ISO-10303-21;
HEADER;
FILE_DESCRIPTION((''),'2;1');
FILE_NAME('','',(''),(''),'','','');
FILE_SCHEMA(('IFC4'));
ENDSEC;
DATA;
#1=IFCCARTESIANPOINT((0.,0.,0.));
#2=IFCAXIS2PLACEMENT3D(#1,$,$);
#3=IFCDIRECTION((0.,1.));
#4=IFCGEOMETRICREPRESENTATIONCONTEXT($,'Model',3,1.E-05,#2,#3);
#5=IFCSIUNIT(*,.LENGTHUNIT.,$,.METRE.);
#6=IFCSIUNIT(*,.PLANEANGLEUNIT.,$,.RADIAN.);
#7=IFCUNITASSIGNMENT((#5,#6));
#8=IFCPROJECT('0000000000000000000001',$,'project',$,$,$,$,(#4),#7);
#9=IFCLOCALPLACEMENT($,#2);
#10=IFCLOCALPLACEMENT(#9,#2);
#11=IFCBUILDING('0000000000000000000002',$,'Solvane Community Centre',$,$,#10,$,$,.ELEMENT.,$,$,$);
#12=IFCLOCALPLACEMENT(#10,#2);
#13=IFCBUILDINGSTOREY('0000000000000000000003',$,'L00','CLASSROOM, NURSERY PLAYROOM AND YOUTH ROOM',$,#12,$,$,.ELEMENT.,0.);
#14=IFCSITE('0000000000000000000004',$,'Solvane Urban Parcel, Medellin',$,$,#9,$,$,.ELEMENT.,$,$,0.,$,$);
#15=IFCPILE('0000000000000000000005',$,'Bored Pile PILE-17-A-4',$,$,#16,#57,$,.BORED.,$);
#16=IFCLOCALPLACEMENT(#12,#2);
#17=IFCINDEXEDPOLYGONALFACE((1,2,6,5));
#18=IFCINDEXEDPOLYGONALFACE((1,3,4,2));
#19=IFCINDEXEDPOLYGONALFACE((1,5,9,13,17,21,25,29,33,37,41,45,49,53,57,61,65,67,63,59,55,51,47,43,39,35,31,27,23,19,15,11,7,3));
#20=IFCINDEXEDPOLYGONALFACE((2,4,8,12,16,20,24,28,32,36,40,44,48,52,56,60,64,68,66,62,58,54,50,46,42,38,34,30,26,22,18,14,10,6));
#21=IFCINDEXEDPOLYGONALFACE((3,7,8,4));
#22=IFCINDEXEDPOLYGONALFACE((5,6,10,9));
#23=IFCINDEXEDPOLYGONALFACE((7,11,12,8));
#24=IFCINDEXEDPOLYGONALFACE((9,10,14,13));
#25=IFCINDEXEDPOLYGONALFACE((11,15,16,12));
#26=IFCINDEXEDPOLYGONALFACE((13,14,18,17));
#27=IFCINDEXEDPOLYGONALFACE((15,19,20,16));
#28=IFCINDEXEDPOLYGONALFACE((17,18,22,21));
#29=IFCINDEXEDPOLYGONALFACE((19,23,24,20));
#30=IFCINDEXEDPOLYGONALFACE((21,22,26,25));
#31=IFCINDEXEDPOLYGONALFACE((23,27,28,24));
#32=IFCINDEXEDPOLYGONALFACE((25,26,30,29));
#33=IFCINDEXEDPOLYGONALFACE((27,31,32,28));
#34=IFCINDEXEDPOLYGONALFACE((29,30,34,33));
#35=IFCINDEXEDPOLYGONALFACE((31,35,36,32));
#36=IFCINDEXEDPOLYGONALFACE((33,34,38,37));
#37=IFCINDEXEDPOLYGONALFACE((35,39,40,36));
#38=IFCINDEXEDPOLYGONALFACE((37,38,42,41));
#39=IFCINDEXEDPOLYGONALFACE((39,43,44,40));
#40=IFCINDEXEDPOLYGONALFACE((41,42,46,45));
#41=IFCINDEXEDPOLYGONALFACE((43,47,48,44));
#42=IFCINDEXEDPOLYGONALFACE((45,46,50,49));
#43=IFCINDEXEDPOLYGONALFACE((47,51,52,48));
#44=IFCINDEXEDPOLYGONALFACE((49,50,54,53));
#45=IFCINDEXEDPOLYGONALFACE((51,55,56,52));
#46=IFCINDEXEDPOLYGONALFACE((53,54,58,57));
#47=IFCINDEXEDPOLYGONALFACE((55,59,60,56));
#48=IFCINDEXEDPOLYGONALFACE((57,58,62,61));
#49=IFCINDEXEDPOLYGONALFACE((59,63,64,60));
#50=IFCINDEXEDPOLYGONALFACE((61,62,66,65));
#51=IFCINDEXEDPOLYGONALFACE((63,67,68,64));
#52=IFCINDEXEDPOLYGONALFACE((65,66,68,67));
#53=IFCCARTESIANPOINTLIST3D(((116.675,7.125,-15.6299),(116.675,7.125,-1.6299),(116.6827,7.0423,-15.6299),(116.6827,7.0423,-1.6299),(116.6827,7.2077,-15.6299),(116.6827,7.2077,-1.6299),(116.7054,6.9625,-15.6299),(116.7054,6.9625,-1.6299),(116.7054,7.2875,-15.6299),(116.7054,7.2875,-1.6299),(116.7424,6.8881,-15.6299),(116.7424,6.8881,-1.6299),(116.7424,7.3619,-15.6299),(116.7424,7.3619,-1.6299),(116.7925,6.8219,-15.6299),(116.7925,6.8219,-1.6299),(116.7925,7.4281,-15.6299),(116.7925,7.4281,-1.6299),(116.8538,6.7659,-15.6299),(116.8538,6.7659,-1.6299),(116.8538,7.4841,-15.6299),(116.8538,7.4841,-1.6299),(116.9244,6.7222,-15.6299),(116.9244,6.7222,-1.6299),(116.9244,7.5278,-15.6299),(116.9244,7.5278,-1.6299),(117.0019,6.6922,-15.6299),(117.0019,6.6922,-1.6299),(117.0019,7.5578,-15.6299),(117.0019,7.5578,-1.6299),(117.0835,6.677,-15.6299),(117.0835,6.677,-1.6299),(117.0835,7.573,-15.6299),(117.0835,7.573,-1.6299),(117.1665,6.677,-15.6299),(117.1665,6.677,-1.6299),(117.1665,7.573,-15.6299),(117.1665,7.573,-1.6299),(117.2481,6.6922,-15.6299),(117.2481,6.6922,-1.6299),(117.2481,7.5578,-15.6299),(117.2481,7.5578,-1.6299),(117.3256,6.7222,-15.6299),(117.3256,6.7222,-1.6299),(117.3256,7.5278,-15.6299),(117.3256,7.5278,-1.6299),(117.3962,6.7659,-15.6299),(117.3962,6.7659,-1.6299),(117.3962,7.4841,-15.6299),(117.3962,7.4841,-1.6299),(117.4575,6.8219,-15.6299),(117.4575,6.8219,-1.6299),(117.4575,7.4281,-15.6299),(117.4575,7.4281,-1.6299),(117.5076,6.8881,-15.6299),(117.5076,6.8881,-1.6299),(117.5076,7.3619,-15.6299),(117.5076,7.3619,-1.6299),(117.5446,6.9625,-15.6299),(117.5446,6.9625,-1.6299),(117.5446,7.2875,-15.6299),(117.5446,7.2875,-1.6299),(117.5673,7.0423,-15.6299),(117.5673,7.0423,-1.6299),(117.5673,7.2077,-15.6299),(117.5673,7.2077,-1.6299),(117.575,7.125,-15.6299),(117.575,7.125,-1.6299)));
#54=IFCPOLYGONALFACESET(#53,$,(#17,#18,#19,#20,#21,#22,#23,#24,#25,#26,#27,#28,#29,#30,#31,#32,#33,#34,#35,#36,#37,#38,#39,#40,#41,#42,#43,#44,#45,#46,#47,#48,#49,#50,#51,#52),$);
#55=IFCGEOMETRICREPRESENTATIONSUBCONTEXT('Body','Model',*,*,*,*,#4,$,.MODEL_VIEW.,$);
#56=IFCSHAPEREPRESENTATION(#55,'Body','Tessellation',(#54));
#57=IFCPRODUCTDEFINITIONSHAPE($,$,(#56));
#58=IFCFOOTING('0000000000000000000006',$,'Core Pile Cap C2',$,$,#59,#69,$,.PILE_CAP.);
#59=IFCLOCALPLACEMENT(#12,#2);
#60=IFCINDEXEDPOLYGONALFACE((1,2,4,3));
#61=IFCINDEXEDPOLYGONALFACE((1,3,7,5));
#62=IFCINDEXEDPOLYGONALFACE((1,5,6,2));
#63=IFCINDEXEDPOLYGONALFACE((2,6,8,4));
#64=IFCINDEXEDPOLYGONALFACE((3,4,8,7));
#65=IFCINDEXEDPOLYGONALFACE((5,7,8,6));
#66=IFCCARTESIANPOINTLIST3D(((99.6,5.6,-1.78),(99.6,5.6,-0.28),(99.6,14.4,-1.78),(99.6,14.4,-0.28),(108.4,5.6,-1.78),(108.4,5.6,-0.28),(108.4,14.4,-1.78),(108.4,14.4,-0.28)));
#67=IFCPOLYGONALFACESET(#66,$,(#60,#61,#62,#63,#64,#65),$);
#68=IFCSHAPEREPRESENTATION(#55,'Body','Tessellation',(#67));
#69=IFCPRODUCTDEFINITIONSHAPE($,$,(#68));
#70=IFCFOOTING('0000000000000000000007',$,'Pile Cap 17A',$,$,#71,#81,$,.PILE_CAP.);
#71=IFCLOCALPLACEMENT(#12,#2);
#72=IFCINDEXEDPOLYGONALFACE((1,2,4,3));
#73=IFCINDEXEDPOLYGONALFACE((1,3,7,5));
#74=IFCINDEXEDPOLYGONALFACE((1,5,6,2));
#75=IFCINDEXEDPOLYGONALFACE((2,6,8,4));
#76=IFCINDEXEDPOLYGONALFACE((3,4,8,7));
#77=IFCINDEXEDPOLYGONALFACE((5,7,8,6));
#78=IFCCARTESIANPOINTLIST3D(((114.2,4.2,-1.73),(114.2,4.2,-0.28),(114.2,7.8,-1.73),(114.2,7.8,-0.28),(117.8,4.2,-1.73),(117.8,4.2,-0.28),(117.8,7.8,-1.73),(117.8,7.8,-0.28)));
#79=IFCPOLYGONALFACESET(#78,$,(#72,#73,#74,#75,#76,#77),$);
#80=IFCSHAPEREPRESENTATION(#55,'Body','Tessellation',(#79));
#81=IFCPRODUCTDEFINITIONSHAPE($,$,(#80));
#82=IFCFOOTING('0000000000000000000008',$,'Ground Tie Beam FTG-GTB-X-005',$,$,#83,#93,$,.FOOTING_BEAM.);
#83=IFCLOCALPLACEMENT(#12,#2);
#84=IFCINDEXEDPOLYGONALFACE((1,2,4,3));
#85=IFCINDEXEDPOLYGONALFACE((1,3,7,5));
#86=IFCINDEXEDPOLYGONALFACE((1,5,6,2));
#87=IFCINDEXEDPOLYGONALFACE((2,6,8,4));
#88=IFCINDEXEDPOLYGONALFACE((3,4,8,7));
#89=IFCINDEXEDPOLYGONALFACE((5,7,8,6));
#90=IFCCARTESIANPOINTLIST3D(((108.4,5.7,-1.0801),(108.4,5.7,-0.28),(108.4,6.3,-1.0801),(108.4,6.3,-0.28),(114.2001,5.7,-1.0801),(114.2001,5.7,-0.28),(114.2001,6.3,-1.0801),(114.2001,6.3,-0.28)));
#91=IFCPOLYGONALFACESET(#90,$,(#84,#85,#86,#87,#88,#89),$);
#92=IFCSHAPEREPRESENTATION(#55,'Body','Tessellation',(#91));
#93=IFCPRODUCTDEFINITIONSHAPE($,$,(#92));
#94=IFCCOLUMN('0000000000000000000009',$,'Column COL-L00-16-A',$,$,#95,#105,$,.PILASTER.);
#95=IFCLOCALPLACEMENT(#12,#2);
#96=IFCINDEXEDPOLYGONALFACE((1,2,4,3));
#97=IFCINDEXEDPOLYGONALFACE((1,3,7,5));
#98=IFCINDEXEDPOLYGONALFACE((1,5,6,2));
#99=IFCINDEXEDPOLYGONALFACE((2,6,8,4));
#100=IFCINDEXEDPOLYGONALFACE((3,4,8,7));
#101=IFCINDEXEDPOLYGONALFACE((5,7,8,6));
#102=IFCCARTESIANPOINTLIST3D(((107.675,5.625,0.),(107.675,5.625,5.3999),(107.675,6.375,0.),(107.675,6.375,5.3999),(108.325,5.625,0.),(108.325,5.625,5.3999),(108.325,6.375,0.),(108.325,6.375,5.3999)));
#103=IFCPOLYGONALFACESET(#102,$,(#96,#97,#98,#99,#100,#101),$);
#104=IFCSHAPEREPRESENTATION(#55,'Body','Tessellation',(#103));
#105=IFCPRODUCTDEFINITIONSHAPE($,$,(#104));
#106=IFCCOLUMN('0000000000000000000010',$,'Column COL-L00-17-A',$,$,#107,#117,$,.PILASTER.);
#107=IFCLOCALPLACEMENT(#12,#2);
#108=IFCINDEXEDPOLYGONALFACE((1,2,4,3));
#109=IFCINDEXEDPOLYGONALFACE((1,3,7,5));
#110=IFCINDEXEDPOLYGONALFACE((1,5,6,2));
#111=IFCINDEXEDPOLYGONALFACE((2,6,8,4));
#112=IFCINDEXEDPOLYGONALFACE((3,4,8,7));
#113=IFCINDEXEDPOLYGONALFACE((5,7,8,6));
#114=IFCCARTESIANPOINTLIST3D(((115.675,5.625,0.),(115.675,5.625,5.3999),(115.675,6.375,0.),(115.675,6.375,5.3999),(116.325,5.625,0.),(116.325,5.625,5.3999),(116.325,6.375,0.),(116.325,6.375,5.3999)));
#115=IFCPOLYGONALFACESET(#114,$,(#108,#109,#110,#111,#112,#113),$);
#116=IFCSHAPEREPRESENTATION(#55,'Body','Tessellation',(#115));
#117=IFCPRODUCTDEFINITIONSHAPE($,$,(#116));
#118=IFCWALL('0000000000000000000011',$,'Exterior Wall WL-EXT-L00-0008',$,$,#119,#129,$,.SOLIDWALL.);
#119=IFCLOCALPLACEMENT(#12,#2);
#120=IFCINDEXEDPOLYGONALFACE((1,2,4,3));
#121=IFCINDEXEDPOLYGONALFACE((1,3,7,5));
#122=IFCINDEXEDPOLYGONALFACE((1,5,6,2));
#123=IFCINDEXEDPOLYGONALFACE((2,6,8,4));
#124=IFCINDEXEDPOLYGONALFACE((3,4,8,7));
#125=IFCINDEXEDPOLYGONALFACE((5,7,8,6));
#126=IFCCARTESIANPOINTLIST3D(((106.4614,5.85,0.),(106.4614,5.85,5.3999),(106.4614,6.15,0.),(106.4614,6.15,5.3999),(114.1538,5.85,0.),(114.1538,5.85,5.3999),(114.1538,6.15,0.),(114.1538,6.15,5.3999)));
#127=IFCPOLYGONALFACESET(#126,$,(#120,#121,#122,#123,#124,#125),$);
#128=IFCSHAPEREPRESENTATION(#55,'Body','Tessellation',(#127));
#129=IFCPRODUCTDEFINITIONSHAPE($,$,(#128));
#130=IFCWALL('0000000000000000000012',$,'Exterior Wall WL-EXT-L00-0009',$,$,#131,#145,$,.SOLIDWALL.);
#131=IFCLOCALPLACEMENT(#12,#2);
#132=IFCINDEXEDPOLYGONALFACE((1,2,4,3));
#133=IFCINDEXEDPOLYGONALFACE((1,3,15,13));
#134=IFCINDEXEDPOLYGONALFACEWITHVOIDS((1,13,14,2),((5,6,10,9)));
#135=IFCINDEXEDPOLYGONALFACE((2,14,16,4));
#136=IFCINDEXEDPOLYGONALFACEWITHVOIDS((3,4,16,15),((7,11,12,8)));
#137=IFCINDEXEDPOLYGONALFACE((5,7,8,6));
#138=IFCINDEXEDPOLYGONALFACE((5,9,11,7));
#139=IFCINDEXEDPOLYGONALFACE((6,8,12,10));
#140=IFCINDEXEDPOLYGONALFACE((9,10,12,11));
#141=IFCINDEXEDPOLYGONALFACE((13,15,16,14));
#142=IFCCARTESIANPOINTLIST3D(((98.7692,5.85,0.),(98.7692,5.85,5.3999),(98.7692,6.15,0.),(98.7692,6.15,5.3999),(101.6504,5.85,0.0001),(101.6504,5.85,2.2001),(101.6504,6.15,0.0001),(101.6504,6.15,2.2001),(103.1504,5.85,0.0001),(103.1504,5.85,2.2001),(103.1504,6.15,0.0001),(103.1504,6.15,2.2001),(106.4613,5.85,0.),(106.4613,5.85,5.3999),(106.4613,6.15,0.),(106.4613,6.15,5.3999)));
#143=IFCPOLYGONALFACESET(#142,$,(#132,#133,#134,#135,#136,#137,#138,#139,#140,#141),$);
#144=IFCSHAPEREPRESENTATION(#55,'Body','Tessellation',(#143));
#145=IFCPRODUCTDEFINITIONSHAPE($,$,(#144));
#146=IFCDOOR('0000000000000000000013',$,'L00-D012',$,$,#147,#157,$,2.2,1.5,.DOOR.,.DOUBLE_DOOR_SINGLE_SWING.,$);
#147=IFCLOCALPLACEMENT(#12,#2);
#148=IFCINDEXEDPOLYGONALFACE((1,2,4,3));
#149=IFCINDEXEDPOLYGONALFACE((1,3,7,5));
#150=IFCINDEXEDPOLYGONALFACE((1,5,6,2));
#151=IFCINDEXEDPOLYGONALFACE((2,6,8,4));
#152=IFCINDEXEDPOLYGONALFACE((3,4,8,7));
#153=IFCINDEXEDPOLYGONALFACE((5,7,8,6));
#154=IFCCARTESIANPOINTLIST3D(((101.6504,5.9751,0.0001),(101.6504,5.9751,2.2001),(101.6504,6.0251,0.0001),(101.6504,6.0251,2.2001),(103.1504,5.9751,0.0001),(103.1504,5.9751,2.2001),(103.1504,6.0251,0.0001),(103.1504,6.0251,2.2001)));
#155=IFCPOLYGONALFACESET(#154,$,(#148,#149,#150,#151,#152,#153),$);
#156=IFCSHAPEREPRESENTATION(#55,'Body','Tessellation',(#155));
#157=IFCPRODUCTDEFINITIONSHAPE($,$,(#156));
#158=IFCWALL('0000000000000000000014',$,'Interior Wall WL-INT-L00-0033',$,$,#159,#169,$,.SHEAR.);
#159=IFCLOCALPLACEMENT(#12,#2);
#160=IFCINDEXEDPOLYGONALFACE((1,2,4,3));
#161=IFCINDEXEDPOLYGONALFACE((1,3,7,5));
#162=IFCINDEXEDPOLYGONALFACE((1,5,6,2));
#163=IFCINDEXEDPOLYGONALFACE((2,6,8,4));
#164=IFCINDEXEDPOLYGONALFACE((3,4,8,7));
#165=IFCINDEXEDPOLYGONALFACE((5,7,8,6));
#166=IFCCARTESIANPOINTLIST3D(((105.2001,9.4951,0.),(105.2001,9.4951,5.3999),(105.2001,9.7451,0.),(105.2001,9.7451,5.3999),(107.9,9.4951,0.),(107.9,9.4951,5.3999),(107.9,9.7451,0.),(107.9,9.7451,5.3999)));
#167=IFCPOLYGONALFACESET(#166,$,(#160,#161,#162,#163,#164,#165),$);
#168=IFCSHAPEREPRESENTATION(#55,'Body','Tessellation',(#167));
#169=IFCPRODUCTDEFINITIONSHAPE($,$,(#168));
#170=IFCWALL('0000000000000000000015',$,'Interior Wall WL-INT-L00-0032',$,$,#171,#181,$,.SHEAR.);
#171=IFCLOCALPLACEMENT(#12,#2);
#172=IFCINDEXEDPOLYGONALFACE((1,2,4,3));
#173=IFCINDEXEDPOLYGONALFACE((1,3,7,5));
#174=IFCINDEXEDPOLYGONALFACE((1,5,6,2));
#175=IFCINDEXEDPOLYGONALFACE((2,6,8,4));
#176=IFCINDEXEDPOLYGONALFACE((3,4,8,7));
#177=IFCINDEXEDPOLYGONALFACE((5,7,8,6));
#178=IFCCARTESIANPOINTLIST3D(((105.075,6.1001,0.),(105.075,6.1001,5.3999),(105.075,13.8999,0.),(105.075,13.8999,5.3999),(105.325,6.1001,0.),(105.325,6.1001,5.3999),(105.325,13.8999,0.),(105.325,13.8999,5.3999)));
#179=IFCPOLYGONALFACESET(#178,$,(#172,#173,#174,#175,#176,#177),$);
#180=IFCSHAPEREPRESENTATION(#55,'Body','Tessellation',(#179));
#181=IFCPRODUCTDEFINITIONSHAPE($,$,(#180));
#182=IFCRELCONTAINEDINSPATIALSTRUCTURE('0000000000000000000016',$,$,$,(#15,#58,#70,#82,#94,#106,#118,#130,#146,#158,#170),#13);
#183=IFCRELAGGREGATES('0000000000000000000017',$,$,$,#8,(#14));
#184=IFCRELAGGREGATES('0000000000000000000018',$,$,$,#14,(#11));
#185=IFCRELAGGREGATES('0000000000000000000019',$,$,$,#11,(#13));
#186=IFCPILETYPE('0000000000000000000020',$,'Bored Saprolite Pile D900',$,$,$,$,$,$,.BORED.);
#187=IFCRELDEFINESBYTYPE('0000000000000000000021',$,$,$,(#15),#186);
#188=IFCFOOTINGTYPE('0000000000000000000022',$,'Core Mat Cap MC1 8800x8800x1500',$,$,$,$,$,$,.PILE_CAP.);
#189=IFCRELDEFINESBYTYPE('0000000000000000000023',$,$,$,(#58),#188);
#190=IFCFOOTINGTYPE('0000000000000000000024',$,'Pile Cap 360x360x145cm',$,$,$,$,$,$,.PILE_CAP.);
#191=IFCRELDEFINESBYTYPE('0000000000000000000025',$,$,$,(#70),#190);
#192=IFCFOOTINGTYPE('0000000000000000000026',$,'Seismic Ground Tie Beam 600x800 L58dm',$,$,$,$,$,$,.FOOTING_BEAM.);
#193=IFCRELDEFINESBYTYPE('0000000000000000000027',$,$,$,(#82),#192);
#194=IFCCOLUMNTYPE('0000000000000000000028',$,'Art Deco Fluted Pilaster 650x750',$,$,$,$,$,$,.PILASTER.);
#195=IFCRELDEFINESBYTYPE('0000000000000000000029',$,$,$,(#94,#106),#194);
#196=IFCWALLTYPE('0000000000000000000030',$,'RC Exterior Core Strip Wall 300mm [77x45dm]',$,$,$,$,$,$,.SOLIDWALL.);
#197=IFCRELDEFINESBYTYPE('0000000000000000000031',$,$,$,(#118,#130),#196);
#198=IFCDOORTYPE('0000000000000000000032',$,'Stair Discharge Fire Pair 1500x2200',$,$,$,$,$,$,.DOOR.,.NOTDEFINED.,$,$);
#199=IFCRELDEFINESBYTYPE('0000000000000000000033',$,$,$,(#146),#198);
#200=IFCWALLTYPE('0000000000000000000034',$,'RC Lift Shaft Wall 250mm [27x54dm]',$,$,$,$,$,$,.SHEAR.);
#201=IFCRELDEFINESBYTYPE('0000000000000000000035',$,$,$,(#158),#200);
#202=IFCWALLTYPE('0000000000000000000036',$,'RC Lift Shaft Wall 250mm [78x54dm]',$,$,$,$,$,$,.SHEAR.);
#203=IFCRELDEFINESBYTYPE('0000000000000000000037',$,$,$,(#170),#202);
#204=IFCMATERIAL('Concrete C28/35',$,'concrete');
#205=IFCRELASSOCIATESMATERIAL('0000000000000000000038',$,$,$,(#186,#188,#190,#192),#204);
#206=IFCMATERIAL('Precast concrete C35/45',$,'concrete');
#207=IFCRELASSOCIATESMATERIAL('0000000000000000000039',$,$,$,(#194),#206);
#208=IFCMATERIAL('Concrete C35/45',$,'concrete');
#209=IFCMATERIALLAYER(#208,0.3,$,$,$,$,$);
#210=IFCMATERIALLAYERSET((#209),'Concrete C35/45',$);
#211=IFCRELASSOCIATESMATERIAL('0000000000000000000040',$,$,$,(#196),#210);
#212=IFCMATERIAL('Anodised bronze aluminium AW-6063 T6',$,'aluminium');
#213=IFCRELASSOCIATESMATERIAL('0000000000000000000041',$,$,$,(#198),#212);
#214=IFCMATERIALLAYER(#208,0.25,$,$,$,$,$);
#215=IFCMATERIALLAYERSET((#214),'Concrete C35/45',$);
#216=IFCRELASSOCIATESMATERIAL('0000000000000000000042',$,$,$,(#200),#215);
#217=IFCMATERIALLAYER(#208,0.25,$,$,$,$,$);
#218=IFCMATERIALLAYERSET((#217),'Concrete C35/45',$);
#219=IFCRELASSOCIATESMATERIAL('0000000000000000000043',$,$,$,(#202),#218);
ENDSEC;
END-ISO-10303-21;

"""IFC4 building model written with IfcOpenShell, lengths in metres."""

from ifc_helpers import new_model, si_unit, direction, frame, frame_2d, origin, origin_2d, place, context, subcontext, project, spatial, rectangle, circle, extrude, material, layer, layer_set, material_profile, profile_set, type_object, element, fill, save


model = new_model("IFC4")

# Units and contexts
model_context = context("Model", 3, precision=1e-05, world=origin(), true_north=direction((0.0, 1.0)))
body_context = subcontext(model_context, "Body", "Model", "MODEL_VIEW")
ifc_project = project(units=[si_unit("LENGTHUNIT", "METRE"), si_unit("PLANEANGLEUNIT", "RADIAN")], contexts=[model_context])

# Site, building, storey
site_placement = place(None, origin())
site = spatial("IfcSite", under=ifc_project, at=site_placement, Name="Solvane Urban Parcel, Medellin", CompositionType="ELEMENT", RefElevation=0.0)
building_placement = place(site_placement, origin())
building = spatial("IfcBuilding", under=site, at=building_placement, Name="Solvane Community Centre", CompositionType="ELEMENT")
storey_placement = place(building_placement, origin())
storey = spatial("IfcBuildingStorey", under=building, at=storey_placement, Name="L00", Description="CLASSROOM, NURSERY PLAYROOM AND YOUTH ROOM", CompositionType="ELEMENT", Elevation=0.0)

# Pile
ifc_material_1 = material(Name="Concrete C28/35", Category="concrete")
ifc_material_profile_1 = material_profile(ifc_material_1, circle(Radius=0.45, at=origin_2d()), Name="PILE D900")
ifc_profile_set_1 = profile_set([ifc_material_profile_1], Name="Concrete C28/35")
pile_type_1 = type_object("IfcPileType", Name="Bored Saprolite Pile D900", PredefinedType="BORED", material=ifc_profile_set_1)
for number, where, z_axis, x_axis, name in (
    (1, (117.125, 7.125, -1.6299), (0.0, 0.0, -1.0), (1.0, 0.0, 0.0), "Bored Pile PILE-17-A-4"),
):
    element("IfcPile", number, at=place(storey_placement, frame(where, z_axis=z_axis, x_axis=x_axis)), inside=storey, type_object=pile_type_1, Name=name, PredefinedType="BORED", context=body_context, shape_type="SweptSolid", body=[
        extrude(circle(Radius=0.45, at=origin_2d()), origin(), (0.0, 0.0, 1.0), 14.0),
    ])

# Footings
footing_type_1 = type_object("IfcFootingType", Name="Core Mat Cap MC1 8800x8800x1500", PredefinedType="PILE_CAP", material=ifc_material_1)
footing_1_placement = place(storey_placement, frame((104.0, 10.0, -1.78), z_axis=(0.0, 0.0, 1.0), x_axis=(1.0, 0.0, 0.0)))
element("IfcFooting", 2, at=footing_1_placement, inside=storey, type_object=footing_type_1, Name="Core Pile Cap C2", PredefinedType="PILE_CAP", context=body_context, shape_type="SweptSolid", body=[
    extrude(rectangle(XDim=8.8, YDim=8.8, at=origin_2d()), origin(), (0.0, 0.0, 1.0), 1.5),
])
footing_type_2 = type_object("IfcFootingType", Name="Pile Cap 360x360x145cm", PredefinedType="PILE_CAP", material=ifc_material_1)
footing_2_placement = place(storey_placement, frame((116.0, 6.0, -1.73), z_axis=(0.0, 0.0, 1.0), x_axis=(1.0, 0.0, 0.0)))
element("IfcFooting", 3, at=footing_2_placement, inside=storey, type_object=footing_type_2, Name="Pile Cap 17A", PredefinedType="PILE_CAP", context=body_context, shape_type="SweptSolid", body=[
    extrude(rectangle(XDim=3.6001, YDim=3.6001, at=origin_2d()), origin(), (0.0, 0.0, 1.0), 1.45),
])
footing_type_3 = type_object("IfcFootingType", Name="Seismic Ground Tie Beam 600x800 L58dm", PredefinedType="FOOTING_BEAM", material=ifc_material_1)
footing_3_placement = place(storey_placement, frame((111.3, 6.0, -1.0801), z_axis=(0.0, 0.0, 1.0), x_axis=(1.0, 0.0, 0.0)))
element("IfcFooting", 4, at=footing_3_placement, inside=storey, type_object=footing_type_3, Name="Ground Tie Beam FTG-GTB-X-005", PredefinedType="FOOTING_BEAM", context=body_context, shape_type="SweptSolid", body=[
    extrude(rectangle(XDim=5.8, YDim=0.6001, at=origin_2d()), origin(), (0.0, 0.0, 1.0), 0.8),
])

# Columns
ifc_material_2 = material(Name="Precast concrete C35/45", Category="concrete")
ifc_material_profile_2 = material_profile(ifc_material_2, rectangle(XDim=0.6499, YDim=0.75, at=origin_2d()), Name="RC 650x750")
ifc_profile_set_2 = profile_set([ifc_material_profile_2], Name="Precast concrete C35/45")
column_type = type_object("IfcColumnType", Name="Art Deco Fluted Pilaster 650x750", PredefinedType="PILASTER", material=ifc_profile_set_2)
for number, where, z_axis, x_axis, name in (
    (5, (108.0, 6.0, 0.0), (0.0, 0.0, 1.0), (1.0, 0.0, 0.0), "Column COL-L00-16-A"),
    (6, (116.0, 6.0, 0.0), (0.0, 0.0, 1.0), (1.0, 0.0, 0.0), "Column COL-L00-17-A"),
):
    element("IfcColumn", number, at=place(storey_placement, frame(where, z_axis=z_axis, x_axis=x_axis)), inside=storey, type_object=column_type, Name=name, PredefinedType="PILASTER", context=body_context, shape_type="SweptSolid", body=[
        extrude(rectangle(XDim=0.6499, YDim=0.75, at=origin_2d()), origin(), (0.0, 0.0, 1.0), 5.3999),
    ])

# Wall
ifc_material_3 = material(Name="Concrete C35/45", Category="concrete")
ifc_layer_1 = layer(ifc_material_3, 0.3)
ifc_layer_set_1 = layer_set([ifc_layer_1], Name="Concrete C35/45")
wall_type_1 = type_object("IfcWallType", Name="RC Exterior Core Strip Wall 300mm [77x45dm]", PredefinedType="SOLIDWALL", material=ifc_layer_set_1)
wall_1_placement = place(storey_placement, frame((114.1538, 6.0, 0.0), z_axis=(0.0, 0.0, 1.0), x_axis=(-1.0, 0.0, 0.0)))
element("IfcWall", 7, at=wall_1_placement, inside=storey, type_object=wall_type_1, Name="Exterior Wall WL-EXT-L00-0008", PredefinedType="SOLIDWALL", context=body_context, shape_type="SweptSolid", body=[
    extrude(rectangle(XDim=7.6924, YDim=0.3, at=frame_2d((3.8462, 0.0))), origin(), (0.0, 0.0, 1.0), 5.3999),
])

# Wall, opening, door
wall_2_placement = place(storey_placement, frame((106.4614, 6.0, 0.0), z_axis=(0.0, 0.0, 1.0), x_axis=(-1.0, 0.0, 0.0)))
wall_2 = element("IfcWall", 8, at=wall_2_placement, inside=storey, type_object=wall_type_1, Name="Exterior Wall WL-EXT-L00-0009", PredefinedType="SOLIDWALL", context=body_context, shape_type="SweptSolid", body=[
    extrude(rectangle(XDim=7.6921, YDim=0.3, at=frame_2d((3.8462, 0.0))), origin(), (0.0, 0.0, 1.0), 5.3999),
])
opening_placement = place(wall_2_placement, frame((3.311, 0.0, 0.0)))
opening = element("IfcOpeningElement", 9, at=opening_placement, cuts=wall_2, PredefinedType="OPENING", context=body_context, shape_type="SweptSolid", body=[
    extrude(rectangle(XDim=1.5, YDim=2.2, at=frame_2d((0.75, 1.1001))), frame((0.0, 0.1599, 0.0), z_axis=(0.0, -1.0, 0.0), x_axis=(1.0, 0.0, 0.0)), (0.0, 0.0, 1.0), 0.3201),
])
ifc_material_4 = material(Name="Anodised bronze aluminium AW-6063 T6", Category="aluminium")
door_type = type_object("IfcDoorType", Name="Stair Discharge Fire Pair 1500x2200", OperationType="NOTDEFINED", PredefinedType="DOOR", material=ifc_material_4)
door_placement = place(opening_placement, origin())
door = element("IfcDoor", 10, at=door_placement, inside=storey, type_object=door_type, Name="L00-D012", OperationType="DOUBLE_DOOR_SINGLE_SWING", OverallHeight=2.2, OverallWidth=1.5, PredefinedType="DOOR", context=body_context, shape_type="SweptSolid", body=[
    extrude(rectangle(XDim=1.5, YDim=2.2, at=frame_2d((0.75, 1.1001))), frame((0.0, 0.0249, 0.0), z_axis=(0.0, -1.0, 0.0), x_axis=(1.0, 0.0, 0.0)), (0.0, 0.0, 1.0), 0.05),
])
fill(opening, door)

# Walls
ifc_layer_2 = layer(ifc_material_3, 0.25)
ifc_layer_set_2 = layer_set([ifc_layer_2], Name="Concrete C35/45")
wall_type_2 = type_object("IfcWallType", Name="RC Lift Shaft Wall 250mm [27x54dm]", PredefinedType="SHEAR", material=ifc_layer_set_2)
wall_3_placement = place(storey_placement, frame((105.2, 9.6201, 0.0), z_axis=(0.0, 0.0, 1.0), x_axis=(1.0, 0.0, 0.0)))
element("IfcWall", 11, at=wall_3_placement, inside=storey, type_object=wall_type_2, Name="Interior Wall WL-INT-L00-0033", PredefinedType="SHEAR", context=body_context, shape_type="SweptSolid", body=[
    extrude(rectangle(XDim=2.7, YDim=0.25, at=frame_2d((1.3501, 0.0))), origin(), (0.0, 0.0, 1.0), 5.3999),
])
ifc_layer_3 = layer(ifc_material_3, 0.25)
ifc_layer_set_3 = layer_set([ifc_layer_3], Name="Concrete C35/45")
wall_type_3 = type_object("IfcWallType", Name="RC Lift Shaft Wall 250mm [78x54dm]", PredefinedType="SHEAR", material=ifc_layer_set_3)
wall_4_placement = place(storey_placement, frame((105.2, 6.1001, 0.0), z_axis=(0.0, 0.0, 1.0), x_axis=(0.0, 1.0, 0.0)))
element("IfcWall", 12, at=wall_4_placement, inside=storey, type_object=wall_type_3, Name="Interior Wall WL-INT-L00-0032", PredefinedType="SHEAR", context=body_context, shape_type="SweptSolid", body=[
    extrude(rectangle(XDim=7.7998, YDim=0.25, at=frame_2d((3.8999, 0.0))), origin(), (0.0, 0.0, 1.0), 5.3999),
])

save(model, "model.ifc")
